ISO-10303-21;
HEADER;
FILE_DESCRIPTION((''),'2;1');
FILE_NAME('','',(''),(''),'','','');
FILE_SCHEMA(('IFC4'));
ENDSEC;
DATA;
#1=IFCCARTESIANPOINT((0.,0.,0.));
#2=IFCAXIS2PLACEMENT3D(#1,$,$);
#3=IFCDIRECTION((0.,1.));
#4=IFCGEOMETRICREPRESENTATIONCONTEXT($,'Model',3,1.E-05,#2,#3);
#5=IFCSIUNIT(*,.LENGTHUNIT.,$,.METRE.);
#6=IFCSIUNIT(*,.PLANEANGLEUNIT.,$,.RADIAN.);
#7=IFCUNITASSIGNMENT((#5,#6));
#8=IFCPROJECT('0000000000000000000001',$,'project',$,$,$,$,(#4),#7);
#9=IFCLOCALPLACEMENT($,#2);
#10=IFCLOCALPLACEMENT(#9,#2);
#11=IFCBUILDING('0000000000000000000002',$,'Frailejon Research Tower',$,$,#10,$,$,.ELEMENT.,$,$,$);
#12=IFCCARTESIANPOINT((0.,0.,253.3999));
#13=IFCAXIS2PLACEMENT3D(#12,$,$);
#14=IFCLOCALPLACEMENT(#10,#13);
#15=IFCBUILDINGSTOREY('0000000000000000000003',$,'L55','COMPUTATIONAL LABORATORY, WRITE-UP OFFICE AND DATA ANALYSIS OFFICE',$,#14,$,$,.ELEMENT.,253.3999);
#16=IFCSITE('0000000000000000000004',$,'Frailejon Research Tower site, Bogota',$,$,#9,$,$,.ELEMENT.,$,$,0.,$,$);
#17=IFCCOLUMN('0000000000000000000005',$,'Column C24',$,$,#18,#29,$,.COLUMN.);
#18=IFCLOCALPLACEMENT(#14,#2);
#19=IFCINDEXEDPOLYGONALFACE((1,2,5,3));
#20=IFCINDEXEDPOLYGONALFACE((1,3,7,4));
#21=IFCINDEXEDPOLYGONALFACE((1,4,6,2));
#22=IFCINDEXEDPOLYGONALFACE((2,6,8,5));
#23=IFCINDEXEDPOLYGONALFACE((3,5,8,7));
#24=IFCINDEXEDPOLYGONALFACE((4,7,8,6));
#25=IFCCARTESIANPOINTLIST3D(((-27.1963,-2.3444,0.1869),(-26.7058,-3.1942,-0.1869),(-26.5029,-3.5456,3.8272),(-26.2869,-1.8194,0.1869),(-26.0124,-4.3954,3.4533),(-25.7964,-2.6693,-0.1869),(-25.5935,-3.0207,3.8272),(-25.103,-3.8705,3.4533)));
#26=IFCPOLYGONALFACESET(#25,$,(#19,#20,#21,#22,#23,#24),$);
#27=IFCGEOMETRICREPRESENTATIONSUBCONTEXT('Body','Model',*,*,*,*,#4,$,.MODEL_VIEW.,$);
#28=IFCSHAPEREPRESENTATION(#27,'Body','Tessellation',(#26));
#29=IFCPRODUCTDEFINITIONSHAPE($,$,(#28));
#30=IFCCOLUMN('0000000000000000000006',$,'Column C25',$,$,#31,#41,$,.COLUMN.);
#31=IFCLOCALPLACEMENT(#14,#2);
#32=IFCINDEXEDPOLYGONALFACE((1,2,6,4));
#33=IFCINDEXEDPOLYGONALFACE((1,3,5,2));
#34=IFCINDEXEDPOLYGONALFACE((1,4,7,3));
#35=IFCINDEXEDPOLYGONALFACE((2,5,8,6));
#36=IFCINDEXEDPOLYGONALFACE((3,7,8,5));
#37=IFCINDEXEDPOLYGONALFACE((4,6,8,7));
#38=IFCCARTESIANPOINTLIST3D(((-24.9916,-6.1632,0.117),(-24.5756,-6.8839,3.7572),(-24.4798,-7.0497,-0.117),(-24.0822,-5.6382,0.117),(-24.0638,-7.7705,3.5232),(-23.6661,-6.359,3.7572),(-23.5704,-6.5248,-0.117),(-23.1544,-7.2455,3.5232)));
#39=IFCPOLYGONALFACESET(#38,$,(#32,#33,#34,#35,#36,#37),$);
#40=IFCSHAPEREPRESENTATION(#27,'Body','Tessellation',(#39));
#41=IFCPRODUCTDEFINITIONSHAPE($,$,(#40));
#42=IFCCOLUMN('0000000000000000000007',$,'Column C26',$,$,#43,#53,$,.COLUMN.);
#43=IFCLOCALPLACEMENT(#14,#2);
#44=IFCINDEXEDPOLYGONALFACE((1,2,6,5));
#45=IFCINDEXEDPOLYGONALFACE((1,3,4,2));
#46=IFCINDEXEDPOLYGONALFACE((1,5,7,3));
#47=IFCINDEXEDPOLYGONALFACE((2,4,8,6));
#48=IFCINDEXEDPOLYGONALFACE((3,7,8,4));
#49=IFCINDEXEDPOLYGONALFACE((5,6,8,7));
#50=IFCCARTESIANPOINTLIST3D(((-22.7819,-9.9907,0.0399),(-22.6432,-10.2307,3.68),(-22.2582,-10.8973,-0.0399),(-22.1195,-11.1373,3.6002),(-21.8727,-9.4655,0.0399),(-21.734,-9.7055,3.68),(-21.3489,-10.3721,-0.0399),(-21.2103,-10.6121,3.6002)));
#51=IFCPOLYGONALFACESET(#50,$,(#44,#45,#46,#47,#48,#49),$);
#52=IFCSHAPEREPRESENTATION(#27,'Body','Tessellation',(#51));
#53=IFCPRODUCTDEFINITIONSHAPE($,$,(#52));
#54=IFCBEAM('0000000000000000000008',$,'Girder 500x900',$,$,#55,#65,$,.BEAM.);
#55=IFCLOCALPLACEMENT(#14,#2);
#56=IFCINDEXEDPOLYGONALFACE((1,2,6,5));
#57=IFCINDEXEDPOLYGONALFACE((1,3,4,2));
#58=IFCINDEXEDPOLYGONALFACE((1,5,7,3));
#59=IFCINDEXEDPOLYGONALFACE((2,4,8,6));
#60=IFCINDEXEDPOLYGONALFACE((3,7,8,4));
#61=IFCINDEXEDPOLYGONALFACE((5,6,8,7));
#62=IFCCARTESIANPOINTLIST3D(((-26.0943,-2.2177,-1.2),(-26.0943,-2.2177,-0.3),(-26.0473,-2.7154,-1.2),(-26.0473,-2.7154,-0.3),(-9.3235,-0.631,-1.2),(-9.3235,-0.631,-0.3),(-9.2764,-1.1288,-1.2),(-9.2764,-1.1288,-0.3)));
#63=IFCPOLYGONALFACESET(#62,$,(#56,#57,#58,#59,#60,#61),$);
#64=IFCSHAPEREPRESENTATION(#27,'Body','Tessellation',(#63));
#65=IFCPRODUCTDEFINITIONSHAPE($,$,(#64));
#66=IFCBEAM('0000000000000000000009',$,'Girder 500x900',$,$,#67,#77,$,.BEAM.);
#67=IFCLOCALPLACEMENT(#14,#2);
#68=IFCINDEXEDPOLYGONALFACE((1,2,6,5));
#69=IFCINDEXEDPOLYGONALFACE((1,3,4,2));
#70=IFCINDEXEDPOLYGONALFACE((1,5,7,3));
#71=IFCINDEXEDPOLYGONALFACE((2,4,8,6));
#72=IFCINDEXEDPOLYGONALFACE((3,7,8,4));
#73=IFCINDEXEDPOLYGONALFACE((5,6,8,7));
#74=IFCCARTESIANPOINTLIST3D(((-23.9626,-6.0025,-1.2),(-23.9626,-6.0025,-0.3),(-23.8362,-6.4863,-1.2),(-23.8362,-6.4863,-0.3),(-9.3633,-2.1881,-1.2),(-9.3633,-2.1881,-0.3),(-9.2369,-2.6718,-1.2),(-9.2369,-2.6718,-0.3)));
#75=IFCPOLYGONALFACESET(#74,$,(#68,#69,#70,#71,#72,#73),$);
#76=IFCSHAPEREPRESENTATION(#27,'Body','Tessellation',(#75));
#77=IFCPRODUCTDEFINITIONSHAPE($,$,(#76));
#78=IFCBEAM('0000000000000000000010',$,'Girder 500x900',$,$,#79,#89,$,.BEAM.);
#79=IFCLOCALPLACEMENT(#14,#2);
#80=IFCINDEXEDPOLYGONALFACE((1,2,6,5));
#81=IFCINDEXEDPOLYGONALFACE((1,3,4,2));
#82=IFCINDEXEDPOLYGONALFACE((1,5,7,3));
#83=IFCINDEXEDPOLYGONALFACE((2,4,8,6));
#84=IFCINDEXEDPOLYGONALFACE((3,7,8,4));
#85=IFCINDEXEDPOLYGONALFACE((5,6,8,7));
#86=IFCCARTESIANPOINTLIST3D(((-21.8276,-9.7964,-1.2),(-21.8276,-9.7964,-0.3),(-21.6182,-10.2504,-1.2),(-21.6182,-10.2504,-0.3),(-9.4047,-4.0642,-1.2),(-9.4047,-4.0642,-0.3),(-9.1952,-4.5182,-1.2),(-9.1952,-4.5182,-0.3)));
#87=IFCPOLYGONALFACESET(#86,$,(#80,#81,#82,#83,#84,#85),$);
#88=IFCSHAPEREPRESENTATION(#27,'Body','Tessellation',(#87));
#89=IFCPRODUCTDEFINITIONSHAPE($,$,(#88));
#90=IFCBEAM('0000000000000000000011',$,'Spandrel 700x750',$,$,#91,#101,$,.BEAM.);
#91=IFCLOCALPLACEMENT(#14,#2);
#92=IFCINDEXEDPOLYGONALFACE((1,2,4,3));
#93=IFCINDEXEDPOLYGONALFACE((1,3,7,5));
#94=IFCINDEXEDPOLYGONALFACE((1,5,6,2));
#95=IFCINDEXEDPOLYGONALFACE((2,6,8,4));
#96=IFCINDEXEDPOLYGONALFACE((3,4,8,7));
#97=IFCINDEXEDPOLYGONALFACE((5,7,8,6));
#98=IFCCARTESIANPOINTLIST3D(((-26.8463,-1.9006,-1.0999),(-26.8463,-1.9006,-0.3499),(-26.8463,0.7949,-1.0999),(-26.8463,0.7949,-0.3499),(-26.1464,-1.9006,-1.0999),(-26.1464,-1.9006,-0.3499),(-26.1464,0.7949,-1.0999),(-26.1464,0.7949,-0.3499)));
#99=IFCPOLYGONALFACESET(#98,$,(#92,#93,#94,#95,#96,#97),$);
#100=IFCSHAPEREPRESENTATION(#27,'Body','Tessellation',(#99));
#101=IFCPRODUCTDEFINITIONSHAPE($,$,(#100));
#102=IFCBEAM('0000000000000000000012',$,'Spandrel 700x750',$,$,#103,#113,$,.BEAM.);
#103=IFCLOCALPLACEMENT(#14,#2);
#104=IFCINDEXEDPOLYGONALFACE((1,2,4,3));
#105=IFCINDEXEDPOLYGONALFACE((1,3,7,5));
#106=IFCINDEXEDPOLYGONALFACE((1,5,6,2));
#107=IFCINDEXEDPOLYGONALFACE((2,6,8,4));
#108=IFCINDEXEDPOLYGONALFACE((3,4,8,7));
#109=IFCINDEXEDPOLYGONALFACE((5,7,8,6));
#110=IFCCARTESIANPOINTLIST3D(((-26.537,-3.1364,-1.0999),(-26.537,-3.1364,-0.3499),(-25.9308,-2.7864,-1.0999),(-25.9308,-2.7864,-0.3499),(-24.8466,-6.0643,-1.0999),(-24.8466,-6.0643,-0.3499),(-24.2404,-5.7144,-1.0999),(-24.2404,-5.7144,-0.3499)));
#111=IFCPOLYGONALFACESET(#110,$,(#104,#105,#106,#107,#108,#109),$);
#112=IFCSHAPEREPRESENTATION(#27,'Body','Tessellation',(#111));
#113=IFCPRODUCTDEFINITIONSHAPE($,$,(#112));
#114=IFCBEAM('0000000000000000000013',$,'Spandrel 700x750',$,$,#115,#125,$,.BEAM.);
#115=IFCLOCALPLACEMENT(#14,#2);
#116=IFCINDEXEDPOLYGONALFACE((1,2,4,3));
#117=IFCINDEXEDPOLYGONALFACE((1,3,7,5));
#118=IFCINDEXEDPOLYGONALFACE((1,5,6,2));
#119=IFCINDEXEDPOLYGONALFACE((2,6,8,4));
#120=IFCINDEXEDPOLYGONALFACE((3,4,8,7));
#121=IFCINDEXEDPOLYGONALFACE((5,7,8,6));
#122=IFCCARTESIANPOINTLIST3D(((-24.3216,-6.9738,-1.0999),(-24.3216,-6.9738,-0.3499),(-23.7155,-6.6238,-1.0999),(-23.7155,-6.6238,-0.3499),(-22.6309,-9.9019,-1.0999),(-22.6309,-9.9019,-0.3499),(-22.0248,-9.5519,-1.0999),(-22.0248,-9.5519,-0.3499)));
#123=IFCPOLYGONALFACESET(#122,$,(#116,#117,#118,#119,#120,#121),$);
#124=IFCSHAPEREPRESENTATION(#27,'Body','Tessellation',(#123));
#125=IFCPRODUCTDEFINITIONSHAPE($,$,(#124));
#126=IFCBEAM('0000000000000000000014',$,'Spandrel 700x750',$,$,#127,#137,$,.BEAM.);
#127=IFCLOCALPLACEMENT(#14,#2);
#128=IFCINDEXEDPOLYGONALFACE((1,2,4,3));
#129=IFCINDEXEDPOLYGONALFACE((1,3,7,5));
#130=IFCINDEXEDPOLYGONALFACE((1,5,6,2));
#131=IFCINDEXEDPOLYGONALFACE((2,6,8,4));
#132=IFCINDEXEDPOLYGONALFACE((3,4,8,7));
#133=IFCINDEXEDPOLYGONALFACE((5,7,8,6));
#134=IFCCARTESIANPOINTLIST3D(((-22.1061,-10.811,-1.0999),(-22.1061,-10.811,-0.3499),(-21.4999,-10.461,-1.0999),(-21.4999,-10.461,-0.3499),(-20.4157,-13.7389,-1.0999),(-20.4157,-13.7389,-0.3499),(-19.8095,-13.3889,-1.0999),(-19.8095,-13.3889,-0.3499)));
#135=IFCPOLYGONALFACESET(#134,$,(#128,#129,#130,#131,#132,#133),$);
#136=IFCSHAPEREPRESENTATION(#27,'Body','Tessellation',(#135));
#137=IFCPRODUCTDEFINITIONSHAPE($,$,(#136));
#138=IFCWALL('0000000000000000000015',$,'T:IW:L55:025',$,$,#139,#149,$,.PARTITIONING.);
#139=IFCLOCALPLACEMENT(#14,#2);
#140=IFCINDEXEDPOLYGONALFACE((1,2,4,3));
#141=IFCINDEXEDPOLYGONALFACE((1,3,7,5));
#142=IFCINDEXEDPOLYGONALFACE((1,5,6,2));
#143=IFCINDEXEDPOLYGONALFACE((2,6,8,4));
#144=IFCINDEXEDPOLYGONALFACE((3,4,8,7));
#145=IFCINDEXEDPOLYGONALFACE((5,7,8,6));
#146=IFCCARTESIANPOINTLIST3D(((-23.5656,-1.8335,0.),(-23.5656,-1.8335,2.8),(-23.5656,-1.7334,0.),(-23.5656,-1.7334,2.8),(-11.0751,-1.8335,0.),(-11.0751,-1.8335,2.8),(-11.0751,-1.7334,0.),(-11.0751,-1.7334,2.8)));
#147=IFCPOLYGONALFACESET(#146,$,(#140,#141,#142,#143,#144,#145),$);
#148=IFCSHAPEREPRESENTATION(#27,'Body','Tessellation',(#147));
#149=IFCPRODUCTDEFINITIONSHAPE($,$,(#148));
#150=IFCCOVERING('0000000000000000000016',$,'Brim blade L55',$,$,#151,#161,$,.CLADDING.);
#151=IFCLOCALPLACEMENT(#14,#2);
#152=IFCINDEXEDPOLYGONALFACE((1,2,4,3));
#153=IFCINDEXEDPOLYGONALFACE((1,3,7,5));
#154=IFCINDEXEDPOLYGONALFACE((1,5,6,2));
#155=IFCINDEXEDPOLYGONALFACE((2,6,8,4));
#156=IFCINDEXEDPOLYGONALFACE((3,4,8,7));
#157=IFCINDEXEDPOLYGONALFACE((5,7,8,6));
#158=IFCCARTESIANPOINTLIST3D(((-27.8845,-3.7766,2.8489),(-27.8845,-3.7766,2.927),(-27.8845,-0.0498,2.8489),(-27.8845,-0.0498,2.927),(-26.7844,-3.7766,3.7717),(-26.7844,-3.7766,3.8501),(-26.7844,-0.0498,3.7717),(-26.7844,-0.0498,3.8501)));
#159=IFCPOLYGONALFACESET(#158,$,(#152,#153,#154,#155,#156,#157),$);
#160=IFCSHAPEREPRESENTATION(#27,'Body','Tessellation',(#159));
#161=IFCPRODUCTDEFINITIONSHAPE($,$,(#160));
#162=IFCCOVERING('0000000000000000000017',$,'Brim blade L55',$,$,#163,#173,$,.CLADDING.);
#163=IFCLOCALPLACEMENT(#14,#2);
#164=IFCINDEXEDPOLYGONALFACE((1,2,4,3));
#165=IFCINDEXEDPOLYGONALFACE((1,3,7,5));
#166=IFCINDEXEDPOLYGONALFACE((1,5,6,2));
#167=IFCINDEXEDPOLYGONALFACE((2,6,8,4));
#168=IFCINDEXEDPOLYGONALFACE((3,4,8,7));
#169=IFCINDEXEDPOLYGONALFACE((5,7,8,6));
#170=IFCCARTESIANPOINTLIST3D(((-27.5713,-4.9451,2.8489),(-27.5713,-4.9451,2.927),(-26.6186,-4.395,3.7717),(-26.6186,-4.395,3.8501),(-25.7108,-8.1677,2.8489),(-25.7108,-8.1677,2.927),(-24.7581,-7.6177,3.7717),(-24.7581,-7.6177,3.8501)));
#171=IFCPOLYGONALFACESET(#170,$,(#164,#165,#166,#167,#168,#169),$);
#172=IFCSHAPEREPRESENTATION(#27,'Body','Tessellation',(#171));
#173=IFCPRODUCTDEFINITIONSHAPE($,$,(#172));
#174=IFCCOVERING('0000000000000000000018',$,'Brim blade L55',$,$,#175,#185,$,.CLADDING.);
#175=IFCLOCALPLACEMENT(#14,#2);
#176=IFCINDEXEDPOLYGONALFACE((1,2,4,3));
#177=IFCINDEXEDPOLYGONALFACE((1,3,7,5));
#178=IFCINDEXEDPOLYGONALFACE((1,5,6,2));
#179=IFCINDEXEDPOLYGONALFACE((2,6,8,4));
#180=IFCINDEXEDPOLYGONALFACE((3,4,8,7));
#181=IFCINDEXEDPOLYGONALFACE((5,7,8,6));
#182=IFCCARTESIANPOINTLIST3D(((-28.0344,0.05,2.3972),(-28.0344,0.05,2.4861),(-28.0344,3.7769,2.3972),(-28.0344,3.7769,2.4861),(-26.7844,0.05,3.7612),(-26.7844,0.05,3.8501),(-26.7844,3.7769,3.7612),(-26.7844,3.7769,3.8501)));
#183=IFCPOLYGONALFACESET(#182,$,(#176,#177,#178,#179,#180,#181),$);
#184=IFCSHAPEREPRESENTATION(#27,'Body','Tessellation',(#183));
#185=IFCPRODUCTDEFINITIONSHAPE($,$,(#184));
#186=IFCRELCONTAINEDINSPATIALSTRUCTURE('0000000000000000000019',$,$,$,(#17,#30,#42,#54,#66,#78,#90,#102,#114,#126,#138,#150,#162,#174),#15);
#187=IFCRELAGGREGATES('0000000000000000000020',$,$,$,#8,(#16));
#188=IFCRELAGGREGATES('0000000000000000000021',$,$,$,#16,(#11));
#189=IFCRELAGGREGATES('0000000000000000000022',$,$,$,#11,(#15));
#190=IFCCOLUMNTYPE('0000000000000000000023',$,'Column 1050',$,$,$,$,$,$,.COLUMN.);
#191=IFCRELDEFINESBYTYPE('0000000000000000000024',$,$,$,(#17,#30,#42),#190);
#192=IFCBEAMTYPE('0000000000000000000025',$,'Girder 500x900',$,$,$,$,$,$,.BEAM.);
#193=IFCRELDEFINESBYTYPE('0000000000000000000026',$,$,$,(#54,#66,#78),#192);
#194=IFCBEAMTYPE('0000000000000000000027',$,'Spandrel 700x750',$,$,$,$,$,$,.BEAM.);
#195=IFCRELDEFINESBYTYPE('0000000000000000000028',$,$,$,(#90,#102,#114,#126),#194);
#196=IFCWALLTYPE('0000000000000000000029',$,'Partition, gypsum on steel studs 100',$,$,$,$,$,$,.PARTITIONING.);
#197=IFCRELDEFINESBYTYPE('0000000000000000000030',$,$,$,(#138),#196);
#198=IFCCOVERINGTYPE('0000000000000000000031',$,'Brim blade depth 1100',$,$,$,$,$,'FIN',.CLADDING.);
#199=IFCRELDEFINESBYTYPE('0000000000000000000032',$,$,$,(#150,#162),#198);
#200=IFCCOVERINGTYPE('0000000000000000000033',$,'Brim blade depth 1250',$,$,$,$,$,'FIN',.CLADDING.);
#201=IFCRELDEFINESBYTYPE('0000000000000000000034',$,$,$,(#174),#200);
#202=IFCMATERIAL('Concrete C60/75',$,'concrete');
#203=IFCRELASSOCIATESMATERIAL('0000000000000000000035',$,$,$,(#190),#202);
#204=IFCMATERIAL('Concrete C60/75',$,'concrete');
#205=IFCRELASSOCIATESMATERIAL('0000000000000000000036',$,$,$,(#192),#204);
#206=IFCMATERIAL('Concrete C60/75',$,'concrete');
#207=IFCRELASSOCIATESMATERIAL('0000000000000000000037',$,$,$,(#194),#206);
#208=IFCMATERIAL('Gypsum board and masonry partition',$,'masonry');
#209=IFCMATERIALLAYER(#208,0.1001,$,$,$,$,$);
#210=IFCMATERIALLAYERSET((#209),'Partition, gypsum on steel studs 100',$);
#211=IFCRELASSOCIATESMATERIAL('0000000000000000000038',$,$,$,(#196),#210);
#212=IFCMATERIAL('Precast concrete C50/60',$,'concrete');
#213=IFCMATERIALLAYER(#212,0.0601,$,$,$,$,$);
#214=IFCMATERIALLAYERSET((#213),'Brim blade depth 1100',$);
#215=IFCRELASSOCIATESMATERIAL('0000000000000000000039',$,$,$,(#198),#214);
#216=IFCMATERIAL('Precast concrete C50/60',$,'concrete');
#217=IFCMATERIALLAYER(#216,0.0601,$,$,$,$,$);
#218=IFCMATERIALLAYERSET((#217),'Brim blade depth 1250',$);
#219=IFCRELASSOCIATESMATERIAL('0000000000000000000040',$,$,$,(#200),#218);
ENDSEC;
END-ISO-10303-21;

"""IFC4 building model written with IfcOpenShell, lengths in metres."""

from ifc_helpers import new_model, si_unit, direction, frame, frame_2d, origin, origin_2d, place, context, subcontext, project, spatial, polyline, rectangle, outline, extrude, material, layer, layer_set, material_profile, profile_set, type_object, element, save


model = new_model("IFC4")

# Units and contexts
model_context = context("Model", 3, precision=1e-05, world=origin(), true_north=direction((0.0, 1.0)))
body_context = subcontext(model_context, "Body", "Model", "MODEL_VIEW")
ifc_project = project(units=[si_unit("LENGTHUNIT", "METRE"), si_unit("PLANEANGLEUNIT", "RADIAN")], contexts=[model_context])

# Site, building, storey
site_placement = place(None, origin())
site = spatial("IfcSite", under=ifc_project, at=site_placement, Name="Frailejon Research Tower site, Bogota", CompositionType="ELEMENT", RefElevation=0.0)
building_placement = place(site_placement, origin())
building = spatial("IfcBuilding", under=site, at=building_placement, Name="Frailejon Research Tower", CompositionType="ELEMENT")
storey_placement = place(building_placement, frame((0.0, 0.0, 253.3999)))
storey = spatial("IfcBuildingStorey", under=building, at=storey_placement, Name="L55", Description="COMPUTATIONAL LABORATORY, WRITE-UP OFFICE AND DATA ANALYSIS OFFICE", CompositionType="ELEMENT", Elevation=253.3999)

# Columns
ifc_material_1 = material(Name="Concrete C60/75", Category="concrete")
ifc_material_profile_1 = material_profile(ifc_material_1, rectangle(XDim=1.05, YDim=1.05, at=origin_2d()), Name="Column 1050")
ifc_profile_set_1 = profile_set([ifc_material_profile_1], Name="Concrete C60/75")
column_type = type_object("IfcColumnType", Name="Column 1050", PredefinedType="COLUMN", material=ifc_profile_set_1)
column_1_placement = place(storey_placement, frame((-26.4963, -2.5068, 0.0), z_axis=(0.177994, -0.308356, 0.93447), x_axis=(0.46719, -0.809301, -0.356042)))
element("IfcColumn", 1, at=column_1_placement, inside=storey, type_object=column_type, Name="Column C24", PredefinedType="COLUMN", context=body_context, shape_type="SweptSolid", body=[
    extrude(rectangle(XDim=1.05, YDim=1.05, at=origin_2d()), origin(), (0.0, 0.0, 1.0), 3.8955),
])
column_2_placement = place(storey_placement, frame((-24.281, -6.344, 0.0), z_axis=(0.111412, -0.193009, 0.974851), x_axis=(0.487356, -0.844286, -0.222856)))
element("IfcColumn", 2, at=column_2_placement, inside=storey, type_object=column_type, Name="Column C25", PredefinedType="COLUMN", context=body_context, shape_type="SweptSolid", body=[
    extrude(rectangle(XDim=1.05, YDim=1.05, at=origin_2d()), origin(), (0.0, 0.0, 1.0), 3.7341),
])
column_3_placement = place(storey_placement, frame((-22.0654, -10.1814, 0.0), z_axis=(0.037985, -0.065739, 0.997114), x_axis=(0.498771, -0.863402, -0.075924)))
element("IfcColumn", 3, at=column_3_placement, inside=storey, type_object=column_type, Name="Column C26", PredefinedType="COLUMN", context=body_context, shape_type="SweptSolid", body=[
    extrude(rectangle(XDim=1.05, YDim=1.05, at=origin_2d()), origin(), (0.0, 0.0, 1.0), 3.6506),
])

# Beams
ifc_material_2 = material(Name="Concrete C60/75", Category="concrete")
ifc_material_profile_2 = material_profile(ifc_material_2, rectangle(XDim=0.5, YDim=0.8999, at=origin_2d()), Name="Girder 500x900")
ifc_profile_set_2 = profile_set([ifc_material_profile_2], Name="Concrete C60/75")
beam_type_1 = type_object("IfcBeamType", Name="Girder 500x900", PredefinedType="BEAM", material=ifc_profile_set_2)
beam_1_placement = place(storey_placement, frame((-26.0708, -2.4666, -0.75), z_axis=(0.995554, 0.094189, 0.0), x_axis=(-0.094189, 0.995554, 0.0)))
element("IfcBeam", 4, at=beam_1_placement, inside=storey, type_object=beam_type_1, Name="Girder 500x900", PredefinedType="BEAM", context=body_context, shape_type="SweptSolid", body=[
    extrude(rectangle(XDim=0.5, YDim=0.8999, at=origin_2d()), origin(), (0.0, 0.0, 1.0), 16.8457),
])
beam_2_placement = place(storey_placement, frame((-23.8994, -6.2444, -0.75), z_axis=(0.967521, 0.252789, 0.0), x_axis=(-0.252789, 0.967521, 0.0)))
element("IfcBeam", 5, at=beam_2_placement, inside=storey, type_object=beam_type_1, Name="Girder 500x900", PredefinedType="BEAM", context=body_context, shape_type="SweptSolid", body=[
    extrude(rectangle(XDim=0.5, YDim=0.8999, at=origin_2d()), origin(), (0.0, 0.0, 1.0), 15.0894),
])
beam_3_placement = place(storey_placement, frame((-21.7229, -10.0234, -0.75), z_axis=(0.908, 0.418971, 0.0), x_axis=(-0.418971, 0.908, 0.0)))
element("IfcBeam", 6, at=beam_3_placement, inside=storey, type_object=beam_type_1, Name="Girder 500x900", PredefinedType="BEAM", context=body_context, shape_type="SweptSolid", body=[
    extrude(rectangle(XDim=0.5, YDim=0.8999, at=origin_2d()), origin(), (0.0, 0.0, 1.0), 13.6816),
])
ifc_material_3 = material(Name="Concrete C60/75", Category="concrete")
ifc_material_profile_3 = material_profile(ifc_material_3, rectangle(XDim=0.7, YDim=0.75, at=origin_2d()), Name="Spandrel 700x750")
ifc_profile_set_3 = profile_set([ifc_material_profile_3], Name="Concrete C60/75")
beam_type_2 = type_object("IfcBeamType", Name="Spandrel 700x750", PredefinedType="BEAM", material=ifc_profile_set_3)
beam_4_placement = place(storey_placement, frame((-26.4963, 0.7949, -0.7249), z_axis=(0.0, -1.0, 0.0), x_axis=(1.0, 0.0, 0.0)))
element("IfcBeam", 7, at=beam_4_placement, inside=storey, type_object=beam_type_2, Name="Spandrel 700x750", PredefinedType="BEAM", context=body_context, shape_type="SweptSolid", body=[
    extrude(rectangle(XDim=0.7, YDim=0.75, at=origin_2d()), origin(), (0.0, 0.0, 1.0), 2.6956),
])
beam_5_placement = place(storey_placement, frame((-26.2339, -2.9614, -0.7249), z_axis=(0.499991, -0.86603, 0.0), x_axis=(0.86603, 0.499991, 0.0)))
element("IfcBeam", 8, at=beam_5_placement, inside=storey, type_object=beam_type_2, Name="Spandrel 700x750", PredefinedType="BEAM", context=body_context, shape_type="SweptSolid", body=[
    extrude(rectangle(XDim=0.7, YDim=0.75, at=origin_2d()), origin(), (0.0, 0.0, 1.0), 3.3809),
])
beam_6_placement = place(storey_placement, frame((-24.0186, -6.7988, -0.7249), z_axis=(0.500045, -0.865999, 0.0), x_axis=(0.865999, 0.500045, 0.0)))
element("IfcBeam", 9, at=beam_6_placement, inside=storey, type_object=beam_type_2, Name="Spandrel 700x750", PredefinedType="BEAM", context=body_context, shape_type="SweptSolid", body=[
    extrude(rectangle(XDim=0.7, YDim=0.75, at=origin_2d()), origin(), (0.0, 0.0, 1.0), 3.3811),
])
beam_7_placement = place(storey_placement, frame((-21.803, -10.636, -0.7249), z_axis=(0.499991, -0.86603, 0.0), x_axis=(0.86603, 0.499991, 0.0)))
element("IfcBeam", 10, at=beam_7_placement, inside=storey, type_object=beam_type_2, Name="Spandrel 700x750", PredefinedType="BEAM", context=body_context, shape_type="SweptSolid", body=[
    extrude(rectangle(XDim=0.7, YDim=0.75, at=origin_2d()), origin(), (0.0, 0.0, 1.0), 3.3809),
])

# Wall
ifc_material_4 = material(Name="Gypsum board and masonry partition", Category="masonry")
ifc_layer_1 = layer(ifc_material_4, 0.1001)
ifc_layer_set_1 = layer_set([ifc_layer_1], Name="Partition, gypsum on steel studs 100")
wall_type_1 = type_object("IfcWallType", Name="Partition, gypsum on steel studs 100", PredefinedType="PARTITIONING", material=ifc_layer_set_1)
wall_1_placement = place(storey_placement, frame((-23.5654, -1.7834, 0.0), z_axis=(0.0, 0.0, 1.0), x_axis=(1.0, 0.0, 0.0)))
element("IfcWall", 11, at=wall_1_placement, inside=storey, type_object=wall_type_1, Name="T:IW:L55:025", PredefinedType="PARTITIONING", context=body_context, shape_type="SweptSolid", body=[
    extrude(rectangle(XDim=12.4905, YDim=0.1001, at=frame_2d((6.2451, 0.0))), origin(), (0.0, 0.0, 1.0), 2.8),
])

# Coverings
ifc_material_5 = material(Name="Precast concrete C50/60", Category="concrete")
ifc_layer_2 = layer(ifc_material_5, 0.0601)
ifc_layer_set_2 = layer_set([ifc_layer_2], Name="Brim blade depth 1100")
covering_type_1 = type_object("IfcCoveringType", Name="Brim blade depth 1100", ElementType="FIN", PredefinedType="CLADDING", material=ifc_layer_set_2)
covering_1_placement = place(storey_placement, frame((-26.7844, -3.7766, 3.8501), z_axis=(0.0, 1.0, 0.0), x_axis=(-1.0, 0.0, 0.0)))
element("IfcCovering", 12, at=covering_1_placement, inside=storey, type_object=covering_type_1, Name="Brim blade L55", PredefinedType="CLADDING", context=body_context, shape_type="SweptSolid", body=[
    extrude(outline(polyline([(0.0, -0.0784), (1.1001, -1.0012), (1.1001, -0.9231), (0.0, 0.0), (0.0, -0.0784)])), origin(), (0.0, 0.0, 1.0), 3.7268),
])
covering_2_placement = place(storey_placement, frame((-24.7581, -7.6177, 3.8501), z_axis=(-0.499995, 0.866028, 0.0), x_axis=(-0.866028, -0.499995, 0.0)))
element("IfcCovering", 13, at=covering_2_placement, inside=storey, type_object=covering_type_1, Name="Brim blade L55", PredefinedType="CLADDING", context=body_context, shape_type="SweptSolid", body=[
    extrude(outline(polyline([(0.0, -0.0784), (1.1001, -1.0012), (1.1001, -0.9231), (0.0, 0.0), (0.0, -0.0784)])), origin(), (0.0, 0.0, 1.0), 3.7212),
])
ifc_material_6 = material(Name="Precast concrete C50/60", Category="concrete")
ifc_layer_3 = layer(ifc_material_6, 0.0601)
ifc_layer_set_3 = layer_set([ifc_layer_3], Name="Brim blade depth 1250")
covering_type_2 = type_object("IfcCoveringType", Name="Brim blade depth 1250", ElementType="FIN", PredefinedType="CLADDING", material=ifc_layer_set_3)
covering_3_placement = place(storey_placement, frame((-26.7844, 0.05, 3.8501), z_axis=(0.0, 1.0, 0.0), x_axis=(-1.0, 0.0, 0.0)))
element("IfcCovering", 14, at=covering_3_placement, inside=storey, type_object=covering_type_2, Name="Brim blade L55", PredefinedType="CLADDING", context=body_context, shape_type="SweptSolid", body=[
    extrude(outline(polyline([(0.0, -0.0889), (1.25, -1.4529), (1.25, -1.364), (0.0, 0.0), (0.0, -0.0889)])), origin(), (0.0, 0.0, 1.0), 3.7268),
])

save(model, "model.ifc")
